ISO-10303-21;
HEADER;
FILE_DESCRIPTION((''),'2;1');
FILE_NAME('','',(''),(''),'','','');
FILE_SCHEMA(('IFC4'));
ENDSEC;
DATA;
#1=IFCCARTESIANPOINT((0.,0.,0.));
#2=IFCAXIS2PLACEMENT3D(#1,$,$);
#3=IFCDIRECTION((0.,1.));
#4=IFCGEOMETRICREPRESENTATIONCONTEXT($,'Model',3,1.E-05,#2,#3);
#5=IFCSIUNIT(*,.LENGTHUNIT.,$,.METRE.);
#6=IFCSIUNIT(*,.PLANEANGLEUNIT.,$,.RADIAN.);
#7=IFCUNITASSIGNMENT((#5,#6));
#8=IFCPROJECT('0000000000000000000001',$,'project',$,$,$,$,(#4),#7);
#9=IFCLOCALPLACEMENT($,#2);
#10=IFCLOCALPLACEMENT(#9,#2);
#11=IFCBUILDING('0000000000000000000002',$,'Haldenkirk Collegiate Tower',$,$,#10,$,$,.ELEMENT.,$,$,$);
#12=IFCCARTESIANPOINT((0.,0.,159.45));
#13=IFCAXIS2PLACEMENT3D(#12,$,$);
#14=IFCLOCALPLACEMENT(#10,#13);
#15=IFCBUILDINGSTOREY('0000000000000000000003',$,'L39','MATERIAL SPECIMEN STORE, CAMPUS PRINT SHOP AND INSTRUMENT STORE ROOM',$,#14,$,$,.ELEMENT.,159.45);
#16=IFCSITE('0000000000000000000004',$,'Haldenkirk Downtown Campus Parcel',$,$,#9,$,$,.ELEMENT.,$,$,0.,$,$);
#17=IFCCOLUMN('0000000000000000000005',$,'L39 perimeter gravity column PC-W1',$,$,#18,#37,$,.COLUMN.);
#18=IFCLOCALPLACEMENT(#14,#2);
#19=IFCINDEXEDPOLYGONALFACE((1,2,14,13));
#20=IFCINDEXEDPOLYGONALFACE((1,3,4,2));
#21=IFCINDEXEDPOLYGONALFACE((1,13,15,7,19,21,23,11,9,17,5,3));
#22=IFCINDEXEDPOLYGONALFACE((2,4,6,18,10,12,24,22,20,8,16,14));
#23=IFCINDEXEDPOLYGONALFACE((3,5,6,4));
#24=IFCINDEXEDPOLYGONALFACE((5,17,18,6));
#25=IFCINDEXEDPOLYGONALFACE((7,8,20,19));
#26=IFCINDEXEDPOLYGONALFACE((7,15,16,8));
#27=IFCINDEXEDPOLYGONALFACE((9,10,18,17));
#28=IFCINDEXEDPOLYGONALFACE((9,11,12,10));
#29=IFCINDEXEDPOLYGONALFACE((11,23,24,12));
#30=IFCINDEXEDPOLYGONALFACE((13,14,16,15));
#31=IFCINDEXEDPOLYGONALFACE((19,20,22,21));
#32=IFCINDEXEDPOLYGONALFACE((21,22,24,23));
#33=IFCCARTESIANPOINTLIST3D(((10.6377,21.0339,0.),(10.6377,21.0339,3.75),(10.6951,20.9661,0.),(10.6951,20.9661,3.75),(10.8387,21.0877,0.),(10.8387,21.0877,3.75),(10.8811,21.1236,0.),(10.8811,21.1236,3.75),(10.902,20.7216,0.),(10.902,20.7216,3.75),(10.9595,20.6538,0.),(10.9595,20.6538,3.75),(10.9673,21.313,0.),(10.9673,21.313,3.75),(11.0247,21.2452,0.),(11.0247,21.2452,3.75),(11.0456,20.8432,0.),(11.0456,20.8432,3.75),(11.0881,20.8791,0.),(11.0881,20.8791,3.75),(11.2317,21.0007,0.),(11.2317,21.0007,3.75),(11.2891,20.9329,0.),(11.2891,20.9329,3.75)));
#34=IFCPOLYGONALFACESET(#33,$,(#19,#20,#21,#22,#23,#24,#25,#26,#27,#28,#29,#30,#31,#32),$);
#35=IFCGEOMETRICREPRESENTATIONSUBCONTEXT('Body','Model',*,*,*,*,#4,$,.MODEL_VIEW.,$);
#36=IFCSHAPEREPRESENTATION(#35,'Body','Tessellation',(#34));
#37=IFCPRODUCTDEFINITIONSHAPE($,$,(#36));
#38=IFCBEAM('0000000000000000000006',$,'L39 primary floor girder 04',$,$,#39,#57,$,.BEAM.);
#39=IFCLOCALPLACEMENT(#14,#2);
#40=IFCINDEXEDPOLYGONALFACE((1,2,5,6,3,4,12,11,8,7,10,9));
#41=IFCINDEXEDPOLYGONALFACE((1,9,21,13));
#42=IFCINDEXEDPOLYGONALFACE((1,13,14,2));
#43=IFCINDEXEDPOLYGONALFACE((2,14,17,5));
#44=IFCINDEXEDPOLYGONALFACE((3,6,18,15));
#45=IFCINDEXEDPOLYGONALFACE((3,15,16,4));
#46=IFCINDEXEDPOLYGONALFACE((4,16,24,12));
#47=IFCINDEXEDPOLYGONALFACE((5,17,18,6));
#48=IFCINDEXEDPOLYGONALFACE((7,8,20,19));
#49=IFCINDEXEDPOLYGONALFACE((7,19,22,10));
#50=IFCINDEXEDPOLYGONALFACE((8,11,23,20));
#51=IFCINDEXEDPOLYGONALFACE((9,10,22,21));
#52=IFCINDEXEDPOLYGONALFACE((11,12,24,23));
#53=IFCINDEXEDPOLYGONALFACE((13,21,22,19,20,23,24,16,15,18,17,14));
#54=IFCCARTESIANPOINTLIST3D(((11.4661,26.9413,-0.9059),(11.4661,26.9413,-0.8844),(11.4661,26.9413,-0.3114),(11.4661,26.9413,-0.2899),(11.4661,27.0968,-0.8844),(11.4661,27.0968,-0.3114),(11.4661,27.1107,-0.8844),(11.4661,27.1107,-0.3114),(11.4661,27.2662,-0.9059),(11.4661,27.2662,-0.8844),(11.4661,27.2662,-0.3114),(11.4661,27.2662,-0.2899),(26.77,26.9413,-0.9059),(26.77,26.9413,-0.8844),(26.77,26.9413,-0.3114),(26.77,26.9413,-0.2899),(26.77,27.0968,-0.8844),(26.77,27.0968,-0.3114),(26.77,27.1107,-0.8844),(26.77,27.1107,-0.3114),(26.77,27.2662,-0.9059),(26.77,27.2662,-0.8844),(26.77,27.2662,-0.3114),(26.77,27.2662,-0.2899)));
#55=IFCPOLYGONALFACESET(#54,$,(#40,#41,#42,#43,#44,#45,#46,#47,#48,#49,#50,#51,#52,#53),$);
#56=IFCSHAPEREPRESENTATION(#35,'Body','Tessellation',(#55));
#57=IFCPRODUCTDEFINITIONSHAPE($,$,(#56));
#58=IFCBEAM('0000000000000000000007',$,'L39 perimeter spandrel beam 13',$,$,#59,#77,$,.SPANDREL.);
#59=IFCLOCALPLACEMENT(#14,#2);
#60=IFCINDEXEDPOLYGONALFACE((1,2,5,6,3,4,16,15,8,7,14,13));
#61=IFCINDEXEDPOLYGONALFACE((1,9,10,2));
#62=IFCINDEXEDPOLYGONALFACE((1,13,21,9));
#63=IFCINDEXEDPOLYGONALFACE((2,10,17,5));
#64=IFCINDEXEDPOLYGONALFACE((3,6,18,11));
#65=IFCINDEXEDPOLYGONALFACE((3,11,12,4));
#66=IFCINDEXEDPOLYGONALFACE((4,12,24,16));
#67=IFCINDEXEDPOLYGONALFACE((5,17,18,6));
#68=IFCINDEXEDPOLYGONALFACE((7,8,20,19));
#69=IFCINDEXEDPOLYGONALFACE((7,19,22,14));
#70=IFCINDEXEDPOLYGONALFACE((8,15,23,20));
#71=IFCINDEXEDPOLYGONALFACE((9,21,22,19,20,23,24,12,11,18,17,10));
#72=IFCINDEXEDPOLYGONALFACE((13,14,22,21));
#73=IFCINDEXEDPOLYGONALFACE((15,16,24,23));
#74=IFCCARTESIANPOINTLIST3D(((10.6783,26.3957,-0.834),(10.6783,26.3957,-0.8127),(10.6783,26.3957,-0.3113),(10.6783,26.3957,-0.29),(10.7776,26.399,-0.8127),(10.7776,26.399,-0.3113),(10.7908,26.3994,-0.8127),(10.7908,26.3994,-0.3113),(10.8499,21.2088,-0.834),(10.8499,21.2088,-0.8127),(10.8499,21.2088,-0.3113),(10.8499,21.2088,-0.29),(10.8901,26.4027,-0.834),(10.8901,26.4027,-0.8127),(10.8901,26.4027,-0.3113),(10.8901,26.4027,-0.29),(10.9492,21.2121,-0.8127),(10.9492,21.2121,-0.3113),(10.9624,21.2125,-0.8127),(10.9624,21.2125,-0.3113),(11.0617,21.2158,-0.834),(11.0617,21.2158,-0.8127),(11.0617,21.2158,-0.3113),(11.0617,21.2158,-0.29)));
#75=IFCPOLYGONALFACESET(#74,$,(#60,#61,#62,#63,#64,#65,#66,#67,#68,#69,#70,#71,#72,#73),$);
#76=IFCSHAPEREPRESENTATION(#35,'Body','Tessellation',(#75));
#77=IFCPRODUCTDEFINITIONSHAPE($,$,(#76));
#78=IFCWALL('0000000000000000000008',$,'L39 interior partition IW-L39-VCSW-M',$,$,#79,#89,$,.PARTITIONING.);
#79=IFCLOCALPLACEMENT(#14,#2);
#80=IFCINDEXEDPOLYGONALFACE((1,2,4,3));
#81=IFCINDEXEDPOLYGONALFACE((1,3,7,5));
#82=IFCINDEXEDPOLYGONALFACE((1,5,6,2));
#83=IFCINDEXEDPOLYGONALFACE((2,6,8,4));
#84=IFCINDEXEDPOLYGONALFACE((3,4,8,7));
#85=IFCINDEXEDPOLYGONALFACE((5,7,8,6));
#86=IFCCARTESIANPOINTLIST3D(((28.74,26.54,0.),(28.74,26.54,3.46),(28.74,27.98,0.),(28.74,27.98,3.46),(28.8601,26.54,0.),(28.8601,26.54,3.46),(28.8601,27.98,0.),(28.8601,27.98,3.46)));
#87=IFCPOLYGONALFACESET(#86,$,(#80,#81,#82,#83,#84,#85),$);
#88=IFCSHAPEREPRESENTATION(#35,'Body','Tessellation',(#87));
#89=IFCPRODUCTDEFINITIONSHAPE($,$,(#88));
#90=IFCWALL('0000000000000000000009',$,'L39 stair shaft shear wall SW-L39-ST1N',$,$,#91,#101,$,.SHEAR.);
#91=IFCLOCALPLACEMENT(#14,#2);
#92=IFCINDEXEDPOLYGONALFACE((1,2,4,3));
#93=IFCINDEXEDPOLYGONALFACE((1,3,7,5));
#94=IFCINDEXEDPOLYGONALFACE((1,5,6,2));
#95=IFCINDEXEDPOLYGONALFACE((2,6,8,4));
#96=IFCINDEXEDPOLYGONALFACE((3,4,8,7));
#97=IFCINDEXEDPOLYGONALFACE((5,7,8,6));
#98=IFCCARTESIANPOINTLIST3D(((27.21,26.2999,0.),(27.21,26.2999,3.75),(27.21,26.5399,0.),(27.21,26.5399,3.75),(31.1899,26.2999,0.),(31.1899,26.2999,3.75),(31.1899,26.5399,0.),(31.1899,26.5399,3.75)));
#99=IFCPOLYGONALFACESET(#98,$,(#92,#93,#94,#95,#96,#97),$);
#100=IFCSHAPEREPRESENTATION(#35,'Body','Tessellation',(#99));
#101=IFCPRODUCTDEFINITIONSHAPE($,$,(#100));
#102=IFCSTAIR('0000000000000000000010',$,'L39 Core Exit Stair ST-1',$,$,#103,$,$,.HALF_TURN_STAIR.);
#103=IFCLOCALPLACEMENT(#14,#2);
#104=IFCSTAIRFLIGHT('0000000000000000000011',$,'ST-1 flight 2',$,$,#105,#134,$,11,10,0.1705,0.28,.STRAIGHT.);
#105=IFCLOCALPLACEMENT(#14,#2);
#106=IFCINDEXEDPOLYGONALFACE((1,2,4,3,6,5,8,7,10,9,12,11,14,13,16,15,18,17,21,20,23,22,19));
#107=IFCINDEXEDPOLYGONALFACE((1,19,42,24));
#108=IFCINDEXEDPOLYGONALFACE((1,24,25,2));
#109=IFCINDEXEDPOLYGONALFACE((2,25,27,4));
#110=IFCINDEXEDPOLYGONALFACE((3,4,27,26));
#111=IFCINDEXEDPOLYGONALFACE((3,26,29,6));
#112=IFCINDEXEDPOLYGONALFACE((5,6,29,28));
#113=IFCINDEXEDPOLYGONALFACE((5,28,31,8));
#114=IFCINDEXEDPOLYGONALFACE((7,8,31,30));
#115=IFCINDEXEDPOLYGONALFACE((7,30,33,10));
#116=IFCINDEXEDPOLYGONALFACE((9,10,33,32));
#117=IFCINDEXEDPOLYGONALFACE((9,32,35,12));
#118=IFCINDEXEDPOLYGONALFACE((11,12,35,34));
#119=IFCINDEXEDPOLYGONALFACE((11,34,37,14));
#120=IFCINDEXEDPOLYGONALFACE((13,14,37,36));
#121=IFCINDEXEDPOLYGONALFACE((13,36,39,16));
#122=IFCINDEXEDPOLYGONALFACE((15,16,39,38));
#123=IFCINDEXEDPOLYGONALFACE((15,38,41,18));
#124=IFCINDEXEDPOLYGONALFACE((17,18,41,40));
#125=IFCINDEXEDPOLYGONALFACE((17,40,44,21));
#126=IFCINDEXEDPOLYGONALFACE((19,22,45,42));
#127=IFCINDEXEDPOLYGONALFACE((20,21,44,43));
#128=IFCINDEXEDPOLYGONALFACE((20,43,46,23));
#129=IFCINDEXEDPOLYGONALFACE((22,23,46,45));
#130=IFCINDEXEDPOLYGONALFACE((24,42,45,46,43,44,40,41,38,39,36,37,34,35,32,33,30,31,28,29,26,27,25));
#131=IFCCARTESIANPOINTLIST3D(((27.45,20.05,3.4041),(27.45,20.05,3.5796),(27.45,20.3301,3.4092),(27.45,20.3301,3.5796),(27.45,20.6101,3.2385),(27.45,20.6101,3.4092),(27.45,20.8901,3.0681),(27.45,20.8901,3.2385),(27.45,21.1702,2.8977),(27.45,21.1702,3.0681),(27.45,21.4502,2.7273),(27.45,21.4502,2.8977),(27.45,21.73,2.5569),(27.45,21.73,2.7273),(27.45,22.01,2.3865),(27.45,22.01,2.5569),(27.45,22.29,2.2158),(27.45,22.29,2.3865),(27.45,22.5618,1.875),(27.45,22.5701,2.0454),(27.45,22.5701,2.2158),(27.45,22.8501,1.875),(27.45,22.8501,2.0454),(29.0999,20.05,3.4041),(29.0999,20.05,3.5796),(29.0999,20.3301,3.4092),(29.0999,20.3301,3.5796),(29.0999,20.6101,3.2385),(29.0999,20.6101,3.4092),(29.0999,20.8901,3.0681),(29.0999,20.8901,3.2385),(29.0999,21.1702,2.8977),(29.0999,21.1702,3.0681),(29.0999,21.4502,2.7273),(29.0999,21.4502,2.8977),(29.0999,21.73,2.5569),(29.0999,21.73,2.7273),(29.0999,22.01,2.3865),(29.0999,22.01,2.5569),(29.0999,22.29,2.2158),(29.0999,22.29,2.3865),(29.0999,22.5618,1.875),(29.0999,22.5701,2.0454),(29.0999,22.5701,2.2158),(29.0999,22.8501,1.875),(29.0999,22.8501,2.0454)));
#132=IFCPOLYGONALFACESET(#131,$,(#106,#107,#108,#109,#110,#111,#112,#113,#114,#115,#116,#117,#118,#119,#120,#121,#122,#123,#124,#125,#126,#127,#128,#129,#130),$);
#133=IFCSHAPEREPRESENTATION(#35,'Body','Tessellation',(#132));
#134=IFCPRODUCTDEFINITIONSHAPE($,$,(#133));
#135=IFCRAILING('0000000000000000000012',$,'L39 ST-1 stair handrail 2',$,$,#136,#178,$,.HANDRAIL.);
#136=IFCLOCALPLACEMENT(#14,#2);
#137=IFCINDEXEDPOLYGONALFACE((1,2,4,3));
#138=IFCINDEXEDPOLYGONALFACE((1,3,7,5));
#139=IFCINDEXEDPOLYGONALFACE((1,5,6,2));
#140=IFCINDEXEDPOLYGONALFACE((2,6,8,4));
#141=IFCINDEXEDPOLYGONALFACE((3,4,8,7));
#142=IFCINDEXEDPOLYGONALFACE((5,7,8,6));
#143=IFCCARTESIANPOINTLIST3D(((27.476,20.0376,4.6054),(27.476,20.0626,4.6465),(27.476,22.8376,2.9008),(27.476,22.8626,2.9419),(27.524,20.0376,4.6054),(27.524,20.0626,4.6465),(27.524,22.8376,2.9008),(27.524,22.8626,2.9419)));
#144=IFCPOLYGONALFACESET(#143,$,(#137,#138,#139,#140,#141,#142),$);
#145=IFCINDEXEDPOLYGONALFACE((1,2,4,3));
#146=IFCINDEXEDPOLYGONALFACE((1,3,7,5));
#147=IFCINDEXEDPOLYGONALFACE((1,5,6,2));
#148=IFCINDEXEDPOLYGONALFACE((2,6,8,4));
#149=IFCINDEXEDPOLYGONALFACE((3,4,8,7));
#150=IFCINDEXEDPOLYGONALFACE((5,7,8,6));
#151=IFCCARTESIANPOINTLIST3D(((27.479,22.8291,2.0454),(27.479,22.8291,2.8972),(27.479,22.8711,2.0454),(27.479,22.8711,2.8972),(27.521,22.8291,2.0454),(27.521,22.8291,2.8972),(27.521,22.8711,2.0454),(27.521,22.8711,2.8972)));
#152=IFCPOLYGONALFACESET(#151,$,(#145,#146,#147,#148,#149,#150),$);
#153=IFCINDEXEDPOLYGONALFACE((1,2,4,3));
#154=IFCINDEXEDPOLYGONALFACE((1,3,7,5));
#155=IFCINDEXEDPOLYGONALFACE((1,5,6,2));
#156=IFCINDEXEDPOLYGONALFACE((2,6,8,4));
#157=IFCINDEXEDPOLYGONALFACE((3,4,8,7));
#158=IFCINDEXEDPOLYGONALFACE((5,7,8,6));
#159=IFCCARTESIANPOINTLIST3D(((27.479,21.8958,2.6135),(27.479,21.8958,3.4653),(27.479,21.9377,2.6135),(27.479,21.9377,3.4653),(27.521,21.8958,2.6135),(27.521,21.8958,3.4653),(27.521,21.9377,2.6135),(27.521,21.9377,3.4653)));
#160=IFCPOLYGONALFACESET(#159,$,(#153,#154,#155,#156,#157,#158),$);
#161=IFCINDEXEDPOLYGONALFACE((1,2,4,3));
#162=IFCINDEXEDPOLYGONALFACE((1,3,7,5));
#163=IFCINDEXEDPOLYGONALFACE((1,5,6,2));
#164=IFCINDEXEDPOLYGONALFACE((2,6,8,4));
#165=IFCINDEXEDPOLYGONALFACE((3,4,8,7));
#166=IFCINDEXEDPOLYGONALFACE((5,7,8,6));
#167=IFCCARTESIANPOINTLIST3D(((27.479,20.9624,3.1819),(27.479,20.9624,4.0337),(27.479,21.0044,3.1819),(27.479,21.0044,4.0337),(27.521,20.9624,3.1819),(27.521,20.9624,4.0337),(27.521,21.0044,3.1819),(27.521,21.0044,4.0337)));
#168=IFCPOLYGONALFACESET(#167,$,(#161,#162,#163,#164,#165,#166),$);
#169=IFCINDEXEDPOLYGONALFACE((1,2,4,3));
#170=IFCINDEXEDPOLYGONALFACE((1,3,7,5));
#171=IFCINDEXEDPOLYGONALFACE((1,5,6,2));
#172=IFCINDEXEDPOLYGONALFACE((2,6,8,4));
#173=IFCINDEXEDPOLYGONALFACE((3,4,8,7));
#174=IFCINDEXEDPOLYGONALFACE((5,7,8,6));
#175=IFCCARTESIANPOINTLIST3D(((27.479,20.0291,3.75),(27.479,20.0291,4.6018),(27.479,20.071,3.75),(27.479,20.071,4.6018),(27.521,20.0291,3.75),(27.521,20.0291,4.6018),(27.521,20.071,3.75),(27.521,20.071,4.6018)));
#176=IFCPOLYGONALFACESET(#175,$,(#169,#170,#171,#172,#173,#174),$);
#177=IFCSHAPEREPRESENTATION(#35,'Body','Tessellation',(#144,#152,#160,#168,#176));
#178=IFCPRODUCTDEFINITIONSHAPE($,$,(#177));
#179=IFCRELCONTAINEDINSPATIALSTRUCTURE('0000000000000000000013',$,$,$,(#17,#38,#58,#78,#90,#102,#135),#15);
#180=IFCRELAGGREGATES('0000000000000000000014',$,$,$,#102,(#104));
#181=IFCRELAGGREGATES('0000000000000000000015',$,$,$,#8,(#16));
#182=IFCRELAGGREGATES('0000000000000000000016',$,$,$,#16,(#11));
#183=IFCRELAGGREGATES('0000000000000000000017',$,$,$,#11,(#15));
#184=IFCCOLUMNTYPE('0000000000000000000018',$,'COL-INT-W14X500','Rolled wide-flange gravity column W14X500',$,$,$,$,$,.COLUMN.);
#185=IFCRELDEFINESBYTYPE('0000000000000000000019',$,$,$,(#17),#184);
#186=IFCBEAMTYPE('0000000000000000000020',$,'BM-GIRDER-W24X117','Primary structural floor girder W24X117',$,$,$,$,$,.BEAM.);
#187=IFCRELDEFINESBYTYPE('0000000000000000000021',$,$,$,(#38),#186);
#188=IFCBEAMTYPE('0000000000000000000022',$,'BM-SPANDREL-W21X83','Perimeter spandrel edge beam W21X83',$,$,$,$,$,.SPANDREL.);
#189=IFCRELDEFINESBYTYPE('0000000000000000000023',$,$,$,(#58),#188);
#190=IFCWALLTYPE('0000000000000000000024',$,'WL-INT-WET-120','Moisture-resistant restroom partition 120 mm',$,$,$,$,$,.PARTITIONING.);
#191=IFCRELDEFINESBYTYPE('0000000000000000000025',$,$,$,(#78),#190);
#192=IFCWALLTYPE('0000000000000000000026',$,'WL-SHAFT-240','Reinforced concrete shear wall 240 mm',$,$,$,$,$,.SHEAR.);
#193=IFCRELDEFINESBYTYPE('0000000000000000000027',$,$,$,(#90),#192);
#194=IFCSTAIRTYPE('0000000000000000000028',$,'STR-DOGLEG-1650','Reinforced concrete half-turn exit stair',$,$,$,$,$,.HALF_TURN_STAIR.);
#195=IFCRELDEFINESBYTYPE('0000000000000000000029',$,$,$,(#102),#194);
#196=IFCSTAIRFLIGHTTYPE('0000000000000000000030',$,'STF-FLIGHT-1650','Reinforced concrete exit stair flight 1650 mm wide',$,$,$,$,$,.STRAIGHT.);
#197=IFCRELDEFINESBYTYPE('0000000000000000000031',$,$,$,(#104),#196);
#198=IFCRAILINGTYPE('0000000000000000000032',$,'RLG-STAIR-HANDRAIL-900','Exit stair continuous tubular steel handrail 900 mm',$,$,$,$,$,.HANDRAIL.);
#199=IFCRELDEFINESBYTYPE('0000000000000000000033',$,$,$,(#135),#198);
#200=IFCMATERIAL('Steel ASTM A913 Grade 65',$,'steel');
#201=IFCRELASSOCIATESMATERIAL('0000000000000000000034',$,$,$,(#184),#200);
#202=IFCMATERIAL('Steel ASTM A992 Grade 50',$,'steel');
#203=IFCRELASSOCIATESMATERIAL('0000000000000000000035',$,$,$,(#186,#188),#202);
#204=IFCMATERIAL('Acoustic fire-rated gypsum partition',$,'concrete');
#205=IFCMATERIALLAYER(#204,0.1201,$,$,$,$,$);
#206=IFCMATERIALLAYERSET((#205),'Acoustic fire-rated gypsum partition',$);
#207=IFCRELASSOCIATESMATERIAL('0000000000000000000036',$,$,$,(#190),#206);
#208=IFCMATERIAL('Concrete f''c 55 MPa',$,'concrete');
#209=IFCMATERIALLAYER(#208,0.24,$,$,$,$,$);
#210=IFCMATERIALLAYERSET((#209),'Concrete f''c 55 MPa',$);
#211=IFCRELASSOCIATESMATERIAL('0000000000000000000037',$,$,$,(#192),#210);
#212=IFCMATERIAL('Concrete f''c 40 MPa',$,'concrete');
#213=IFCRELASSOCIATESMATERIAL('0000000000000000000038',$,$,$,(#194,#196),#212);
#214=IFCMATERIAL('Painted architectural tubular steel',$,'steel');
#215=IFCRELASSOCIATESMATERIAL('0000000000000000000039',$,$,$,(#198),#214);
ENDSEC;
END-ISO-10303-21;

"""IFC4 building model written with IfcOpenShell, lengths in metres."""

from ifc_helpers import new_model, si_unit, direction, frame, frame_2d, origin, origin_2d, place, context, subcontext, project, spatial, polyline, rectangle, i_section, outline, extrude, material, layer, layer_set, material_profile, profile_set, type_object, element, aggregate, save


model = new_model("IFC4")

# Units and contexts
model_context = context("Model", 3, precision=1e-05, world=origin(), true_north=direction((0.0, 1.0)))
body_context = subcontext(model_context, "Body", "Model", "MODEL_VIEW")
ifc_project = project(units=[si_unit("LENGTHUNIT", "METRE"), si_unit("PLANEANGLEUNIT", "RADIAN")], contexts=[model_context])

# Site, building, storey
site_placement = place(None, origin())
site = spatial("IfcSite", under=ifc_project, at=site_placement, Name="Haldenkirk Downtown Campus Parcel", CompositionType="ELEMENT", RefElevation=0.0)
building_placement = place(site_placement, origin())
building = spatial("IfcBuilding", under=site, at=building_placement, Name="Haldenkirk Collegiate Tower", CompositionType="ELEMENT")
storey_placement = place(building_placement, frame((0.0, 0.0, 159.45)))
storey = spatial("IfcBuildingStorey", under=building, at=storey_placement, Name="L39", Description="MATERIAL SPECIMEN STORE, CAMPUS PRINT SHOP AND INSTRUMENT STORE ROOM", CompositionType="ELEMENT", Elevation=159.45)

# Column
ifc_material_1 = material(Name="Steel ASTM A913 Grade 65", Category="steel")
ifc_material_profile_1 = material_profile(ifc_material_1, i_section(OverallWidth=0.4319, OverallDepth=0.498, WebThickness=0.0557, FlangeThickness=0.0889, at=origin_2d()), Name="W14X500")
ifc_profile_set_1 = profile_set([ifc_material_profile_1], Name="Steel ASTM A913 Grade 65")
column_type = type_object("IfcColumnType", Name="COL-INT-W14X500", Description="Rolled wide-flange gravity column W14X500", PredefinedType="COLUMN", material=ifc_profile_set_1)
column_placement = place(storey_placement, frame((10.9634, 20.9834, 0.0), z_axis=(0.0, 0.0, 1.0), x_axis=(0.763232, 0.646124, 0.0)))
element("IfcColumn", 1, at=column_placement, inside=storey, type_object=column_type, Name="L39 perimeter gravity column PC-W1", PredefinedType="COLUMN", context=body_context, shape_type="SweptSolid", body=[
    extrude(i_section(OverallWidth=0.4319, OverallDepth=0.498, WebThickness=0.0557, FlangeThickness=0.0889, at=origin_2d()), origin(), (0.0, 0.0, 1.0), 3.75),
])

# Beams
ifc_material_2 = material(Name="Steel ASTM A992 Grade 50", Category="steel")
ifc_material_profile_2 = material_profile(ifc_material_2, i_section(OverallWidth=0.325, OverallDepth=0.616, WebThickness=0.0139, FlangeThickness=0.0215, at=origin_2d()), Name="W24X117")
ifc_profile_set_2 = profile_set([ifc_material_profile_2], Name="Steel ASTM A992 Grade 50")
beam_type_1 = type_object("IfcBeamType", Name="BM-GIRDER-W24X117", Description="Primary structural floor girder W24X117", PredefinedType="BEAM", material=ifc_profile_set_2)
beam_1_placement = place(storey_placement, frame((11.4661, 27.1038, -0.5979), z_axis=(1.0, 0.0, 0.0), x_axis=(0.0, 1.0, 0.0)))
element("IfcBeam", 2, at=beam_1_placement, inside=storey, type_object=beam_type_1, Name="L39 primary floor girder 04", PredefinedType="BEAM", context=body_context, shape_type="SweptSolid", body=[
    extrude(i_section(OverallWidth=0.325, OverallDepth=0.616, WebThickness=0.0139, FlangeThickness=0.0215, at=origin_2d()), origin(), (0.0, 0.0, 1.0), 15.304),
])
ifc_material_profile_3 = material_profile(ifc_material_2, i_section(OverallWidth=0.2119, OverallDepth=0.5439, WebThickness=0.0132, FlangeThickness=0.0212, at=origin_2d()), Name="W21X83")
ifc_profile_set_3 = profile_set([ifc_material_profile_3], Name="Steel ASTM A992 Grade 50")
beam_type_2 = type_object("IfcBeamType", Name="BM-SPANDREL-W21X83", Description="Perimeter spandrel edge beam W21X83", PredefinedType="SPANDREL", material=ifc_profile_set_3)
beam_2_placement = place(storey_placement, frame((10.7842, 26.3992, -0.562), z_axis=(0.033072, -0.999453, 0.0), x_axis=(0.999453, 0.033072, 0.0)))
element("IfcBeam", 3, at=beam_2_placement, inside=storey, type_object=beam_type_2, Name="L39 perimeter spandrel beam 13", PredefinedType="SPANDREL", context=body_context, shape_type="SweptSolid", body=[
    extrude(i_section(OverallWidth=0.2119, OverallDepth=0.5439, WebThickness=0.0132, FlangeThickness=0.0212, at=origin_2d()), origin(), (0.0, 0.0, 1.0), 5.1897),
])

# Shared definitions
ifc_material_3 = material(Name="Acoustic fire-rated gypsum partition", Category="concrete")

# Walls
ifc_layer_1 = layer(ifc_material_3, 0.1201)
ifc_layer_set_1 = layer_set([ifc_layer_1], Name="Acoustic fire-rated gypsum partition")
wall_type_1 = type_object("IfcWallType", Name="WL-INT-WET-120", Description="Moisture-resistant restroom partition 120 mm", PredefinedType="PARTITIONING", material=ifc_layer_set_1)
wall_1_placement = place(storey_placement, frame((28.8, 26.54, 0.0), z_axis=(0.0, 0.0, 1.0), x_axis=(0.0, 1.0, 0.0)))
element("IfcWall", 4, at=wall_1_placement, inside=storey, type_object=wall_type_1, Name="L39 interior partition IW-L39-VCSW-M", PredefinedType="PARTITIONING", context=body_context, shape_type="SweptSolid", body=[
    extrude(rectangle(XDim=1.4399, YDim=0.1201, at=frame_2d((0.72, 0.0))), origin(), (0.0, 0.0, 1.0), 3.46),
])
ifc_material_4 = material(Name="Concrete f'c 55 MPa", Category="concrete")
ifc_layer_2 = layer(ifc_material_4, 0.24)
ifc_layer_set_2 = layer_set([ifc_layer_2], Name="Concrete f'c 55 MPa")
wall_type_2 = type_object("IfcWallType", Name="WL-SHAFT-240", Description="Reinforced concrete shear wall 240 mm", PredefinedType="SHEAR", material=ifc_layer_set_2)
wall_2_placement = place(storey_placement, frame((27.21, 26.4199, 0.0), z_axis=(0.0, 0.0, 1.0), x_axis=(1.0, 0.0, 0.0)))
element("IfcWall", 5, at=wall_2_placement, inside=storey, type_object=wall_type_2, Name="L39 stair shaft shear wall SW-L39-ST1N", PredefinedType="SHEAR", context=body_context, shape_type="SweptSolid", body=[
    extrude(rectangle(XDim=3.98, YDim=0.24, at=frame_2d((1.99, 0.0))), origin(), (0.0, 0.0, 1.0), 3.75),
])

# Stair, stair flight
ifc_material_5 = material(Name="Concrete f'c 40 MPa", Category="concrete")
stair_type = type_object("IfcStairType", Name="STR-DOGLEG-1650", Description="Reinforced concrete half-turn exit stair", PredefinedType="HALF_TURN_STAIR", material=ifc_material_5)
stair_placement = place(storey_placement, origin())
stair = element("IfcStair", 6, at=stair_placement, inside=storey, type_object=stair_type, Name="L39 Core Exit Stair ST-1", PredefinedType="HALF_TURN_STAIR")
stair_flight_type = type_object("IfcStairFlightType", Name="STF-FLIGHT-1650", Description="Reinforced concrete exit stair flight 1650 mm wide", PredefinedType="STRAIGHT", material=ifc_material_5)
stair_flight_placement = place(storey_placement, frame((28.2749, 22.8501, 1.875), z_axis=(0.0, 0.0, 1.0), x_axis=(0.0, -1.0, 0.0)))
stair_flight = element("IfcStairFlight", 7, at=stair_flight_placement, type_object=stair_flight_type, Name="ST-1 flight 2", NumberOfRisers=11, NumberOfTreads=10, PredefinedType="STRAIGHT", RiserHeight=0.1705, TreadLength=0.28, context=body_context, shape_type="SweptSolid", body=[
    extrude(outline(polyline([(0.0, 0.0), (0.0, 0.1704), (0.28, 0.1704), (0.28, 0.3408), (0.5601, 0.3408), (0.5601, 0.5115), (0.8401, 0.5115), (0.8401, 0.6819), (1.1201, 0.6819), (1.1201, 0.8523), (1.3999, 0.8523), (1.3999, 1.0227), (1.6799, 1.0227), (1.6799, 1.1931), (1.96, 1.1931), (1.96, 1.3635), (2.24, 1.3635), (2.24, 1.5342), (2.52, 1.5342), (2.52, 1.7046), (2.8, 1.7046), (2.8, 1.875), (2.8, 1.5291), (0.2883, 0.0), (0.0, 0.0)])), frame((0.0, 0.825, 0.0), z_axis=(0.0, -1.0, 0.0), x_axis=(1.0, 0.0, 0.0)), (0.0, 0.0, 1.0), 1.6499),
])
aggregate(stair, [stair_flight])

# Railing
ifc_material_6 = material(Name="Painted architectural tubular steel", Category="steel")
railing_type = type_object("IfcRailingType", Name="RLG-STAIR-HANDRAIL-900", Description="Exit stair continuous tubular steel handrail 900 mm", PredefinedType="HANDRAIL", material=ifc_material_6)
railing_placement = place(storey_placement, frame((27.5, 22.8501, 2.0454)))
element("IfcRailing", 8, at=railing_placement, inside=storey, type_object=railing_type, Name="L39 ST-1 stair handrail 2", PredefinedType="HANDRAIL", context=body_context, shape_type="SweptSolid", body=[
    extrude(rectangle(XDim=0.0481, YDim=0.0481, at=origin_2d()), frame((0.0, 0.0, 0.876), z_axis=(0.0, -0.85417, 0.519994), x_axis=(1.0, 0.0, 0.0)), (0.0, 0.0, 1.0), 3.2781),
    extrude(rectangle(XDim=0.042, YDim=0.042, at=origin_2d()), origin(), (0.0, 0.0, 1.0), 0.8518),
    extrude(rectangle(XDim=0.042, YDim=0.042, at=origin_2d()), frame((0.0, -0.9333, 0.5681)), (0.0, 0.0, 1.0), 0.8518),
    extrude(rectangle(XDim=0.042, YDim=0.042, at=origin_2d()), frame((0.0, -1.8667, 1.1365)), (0.0, 0.0, 1.0), 0.8518),
    extrude(rectangle(XDim=0.042, YDim=0.042, at=origin_2d()), frame((0.0, -2.8, 1.7046)), (0.0, 0.0, 1.0), 0.8518),
])

save(model, "model.ifc")
